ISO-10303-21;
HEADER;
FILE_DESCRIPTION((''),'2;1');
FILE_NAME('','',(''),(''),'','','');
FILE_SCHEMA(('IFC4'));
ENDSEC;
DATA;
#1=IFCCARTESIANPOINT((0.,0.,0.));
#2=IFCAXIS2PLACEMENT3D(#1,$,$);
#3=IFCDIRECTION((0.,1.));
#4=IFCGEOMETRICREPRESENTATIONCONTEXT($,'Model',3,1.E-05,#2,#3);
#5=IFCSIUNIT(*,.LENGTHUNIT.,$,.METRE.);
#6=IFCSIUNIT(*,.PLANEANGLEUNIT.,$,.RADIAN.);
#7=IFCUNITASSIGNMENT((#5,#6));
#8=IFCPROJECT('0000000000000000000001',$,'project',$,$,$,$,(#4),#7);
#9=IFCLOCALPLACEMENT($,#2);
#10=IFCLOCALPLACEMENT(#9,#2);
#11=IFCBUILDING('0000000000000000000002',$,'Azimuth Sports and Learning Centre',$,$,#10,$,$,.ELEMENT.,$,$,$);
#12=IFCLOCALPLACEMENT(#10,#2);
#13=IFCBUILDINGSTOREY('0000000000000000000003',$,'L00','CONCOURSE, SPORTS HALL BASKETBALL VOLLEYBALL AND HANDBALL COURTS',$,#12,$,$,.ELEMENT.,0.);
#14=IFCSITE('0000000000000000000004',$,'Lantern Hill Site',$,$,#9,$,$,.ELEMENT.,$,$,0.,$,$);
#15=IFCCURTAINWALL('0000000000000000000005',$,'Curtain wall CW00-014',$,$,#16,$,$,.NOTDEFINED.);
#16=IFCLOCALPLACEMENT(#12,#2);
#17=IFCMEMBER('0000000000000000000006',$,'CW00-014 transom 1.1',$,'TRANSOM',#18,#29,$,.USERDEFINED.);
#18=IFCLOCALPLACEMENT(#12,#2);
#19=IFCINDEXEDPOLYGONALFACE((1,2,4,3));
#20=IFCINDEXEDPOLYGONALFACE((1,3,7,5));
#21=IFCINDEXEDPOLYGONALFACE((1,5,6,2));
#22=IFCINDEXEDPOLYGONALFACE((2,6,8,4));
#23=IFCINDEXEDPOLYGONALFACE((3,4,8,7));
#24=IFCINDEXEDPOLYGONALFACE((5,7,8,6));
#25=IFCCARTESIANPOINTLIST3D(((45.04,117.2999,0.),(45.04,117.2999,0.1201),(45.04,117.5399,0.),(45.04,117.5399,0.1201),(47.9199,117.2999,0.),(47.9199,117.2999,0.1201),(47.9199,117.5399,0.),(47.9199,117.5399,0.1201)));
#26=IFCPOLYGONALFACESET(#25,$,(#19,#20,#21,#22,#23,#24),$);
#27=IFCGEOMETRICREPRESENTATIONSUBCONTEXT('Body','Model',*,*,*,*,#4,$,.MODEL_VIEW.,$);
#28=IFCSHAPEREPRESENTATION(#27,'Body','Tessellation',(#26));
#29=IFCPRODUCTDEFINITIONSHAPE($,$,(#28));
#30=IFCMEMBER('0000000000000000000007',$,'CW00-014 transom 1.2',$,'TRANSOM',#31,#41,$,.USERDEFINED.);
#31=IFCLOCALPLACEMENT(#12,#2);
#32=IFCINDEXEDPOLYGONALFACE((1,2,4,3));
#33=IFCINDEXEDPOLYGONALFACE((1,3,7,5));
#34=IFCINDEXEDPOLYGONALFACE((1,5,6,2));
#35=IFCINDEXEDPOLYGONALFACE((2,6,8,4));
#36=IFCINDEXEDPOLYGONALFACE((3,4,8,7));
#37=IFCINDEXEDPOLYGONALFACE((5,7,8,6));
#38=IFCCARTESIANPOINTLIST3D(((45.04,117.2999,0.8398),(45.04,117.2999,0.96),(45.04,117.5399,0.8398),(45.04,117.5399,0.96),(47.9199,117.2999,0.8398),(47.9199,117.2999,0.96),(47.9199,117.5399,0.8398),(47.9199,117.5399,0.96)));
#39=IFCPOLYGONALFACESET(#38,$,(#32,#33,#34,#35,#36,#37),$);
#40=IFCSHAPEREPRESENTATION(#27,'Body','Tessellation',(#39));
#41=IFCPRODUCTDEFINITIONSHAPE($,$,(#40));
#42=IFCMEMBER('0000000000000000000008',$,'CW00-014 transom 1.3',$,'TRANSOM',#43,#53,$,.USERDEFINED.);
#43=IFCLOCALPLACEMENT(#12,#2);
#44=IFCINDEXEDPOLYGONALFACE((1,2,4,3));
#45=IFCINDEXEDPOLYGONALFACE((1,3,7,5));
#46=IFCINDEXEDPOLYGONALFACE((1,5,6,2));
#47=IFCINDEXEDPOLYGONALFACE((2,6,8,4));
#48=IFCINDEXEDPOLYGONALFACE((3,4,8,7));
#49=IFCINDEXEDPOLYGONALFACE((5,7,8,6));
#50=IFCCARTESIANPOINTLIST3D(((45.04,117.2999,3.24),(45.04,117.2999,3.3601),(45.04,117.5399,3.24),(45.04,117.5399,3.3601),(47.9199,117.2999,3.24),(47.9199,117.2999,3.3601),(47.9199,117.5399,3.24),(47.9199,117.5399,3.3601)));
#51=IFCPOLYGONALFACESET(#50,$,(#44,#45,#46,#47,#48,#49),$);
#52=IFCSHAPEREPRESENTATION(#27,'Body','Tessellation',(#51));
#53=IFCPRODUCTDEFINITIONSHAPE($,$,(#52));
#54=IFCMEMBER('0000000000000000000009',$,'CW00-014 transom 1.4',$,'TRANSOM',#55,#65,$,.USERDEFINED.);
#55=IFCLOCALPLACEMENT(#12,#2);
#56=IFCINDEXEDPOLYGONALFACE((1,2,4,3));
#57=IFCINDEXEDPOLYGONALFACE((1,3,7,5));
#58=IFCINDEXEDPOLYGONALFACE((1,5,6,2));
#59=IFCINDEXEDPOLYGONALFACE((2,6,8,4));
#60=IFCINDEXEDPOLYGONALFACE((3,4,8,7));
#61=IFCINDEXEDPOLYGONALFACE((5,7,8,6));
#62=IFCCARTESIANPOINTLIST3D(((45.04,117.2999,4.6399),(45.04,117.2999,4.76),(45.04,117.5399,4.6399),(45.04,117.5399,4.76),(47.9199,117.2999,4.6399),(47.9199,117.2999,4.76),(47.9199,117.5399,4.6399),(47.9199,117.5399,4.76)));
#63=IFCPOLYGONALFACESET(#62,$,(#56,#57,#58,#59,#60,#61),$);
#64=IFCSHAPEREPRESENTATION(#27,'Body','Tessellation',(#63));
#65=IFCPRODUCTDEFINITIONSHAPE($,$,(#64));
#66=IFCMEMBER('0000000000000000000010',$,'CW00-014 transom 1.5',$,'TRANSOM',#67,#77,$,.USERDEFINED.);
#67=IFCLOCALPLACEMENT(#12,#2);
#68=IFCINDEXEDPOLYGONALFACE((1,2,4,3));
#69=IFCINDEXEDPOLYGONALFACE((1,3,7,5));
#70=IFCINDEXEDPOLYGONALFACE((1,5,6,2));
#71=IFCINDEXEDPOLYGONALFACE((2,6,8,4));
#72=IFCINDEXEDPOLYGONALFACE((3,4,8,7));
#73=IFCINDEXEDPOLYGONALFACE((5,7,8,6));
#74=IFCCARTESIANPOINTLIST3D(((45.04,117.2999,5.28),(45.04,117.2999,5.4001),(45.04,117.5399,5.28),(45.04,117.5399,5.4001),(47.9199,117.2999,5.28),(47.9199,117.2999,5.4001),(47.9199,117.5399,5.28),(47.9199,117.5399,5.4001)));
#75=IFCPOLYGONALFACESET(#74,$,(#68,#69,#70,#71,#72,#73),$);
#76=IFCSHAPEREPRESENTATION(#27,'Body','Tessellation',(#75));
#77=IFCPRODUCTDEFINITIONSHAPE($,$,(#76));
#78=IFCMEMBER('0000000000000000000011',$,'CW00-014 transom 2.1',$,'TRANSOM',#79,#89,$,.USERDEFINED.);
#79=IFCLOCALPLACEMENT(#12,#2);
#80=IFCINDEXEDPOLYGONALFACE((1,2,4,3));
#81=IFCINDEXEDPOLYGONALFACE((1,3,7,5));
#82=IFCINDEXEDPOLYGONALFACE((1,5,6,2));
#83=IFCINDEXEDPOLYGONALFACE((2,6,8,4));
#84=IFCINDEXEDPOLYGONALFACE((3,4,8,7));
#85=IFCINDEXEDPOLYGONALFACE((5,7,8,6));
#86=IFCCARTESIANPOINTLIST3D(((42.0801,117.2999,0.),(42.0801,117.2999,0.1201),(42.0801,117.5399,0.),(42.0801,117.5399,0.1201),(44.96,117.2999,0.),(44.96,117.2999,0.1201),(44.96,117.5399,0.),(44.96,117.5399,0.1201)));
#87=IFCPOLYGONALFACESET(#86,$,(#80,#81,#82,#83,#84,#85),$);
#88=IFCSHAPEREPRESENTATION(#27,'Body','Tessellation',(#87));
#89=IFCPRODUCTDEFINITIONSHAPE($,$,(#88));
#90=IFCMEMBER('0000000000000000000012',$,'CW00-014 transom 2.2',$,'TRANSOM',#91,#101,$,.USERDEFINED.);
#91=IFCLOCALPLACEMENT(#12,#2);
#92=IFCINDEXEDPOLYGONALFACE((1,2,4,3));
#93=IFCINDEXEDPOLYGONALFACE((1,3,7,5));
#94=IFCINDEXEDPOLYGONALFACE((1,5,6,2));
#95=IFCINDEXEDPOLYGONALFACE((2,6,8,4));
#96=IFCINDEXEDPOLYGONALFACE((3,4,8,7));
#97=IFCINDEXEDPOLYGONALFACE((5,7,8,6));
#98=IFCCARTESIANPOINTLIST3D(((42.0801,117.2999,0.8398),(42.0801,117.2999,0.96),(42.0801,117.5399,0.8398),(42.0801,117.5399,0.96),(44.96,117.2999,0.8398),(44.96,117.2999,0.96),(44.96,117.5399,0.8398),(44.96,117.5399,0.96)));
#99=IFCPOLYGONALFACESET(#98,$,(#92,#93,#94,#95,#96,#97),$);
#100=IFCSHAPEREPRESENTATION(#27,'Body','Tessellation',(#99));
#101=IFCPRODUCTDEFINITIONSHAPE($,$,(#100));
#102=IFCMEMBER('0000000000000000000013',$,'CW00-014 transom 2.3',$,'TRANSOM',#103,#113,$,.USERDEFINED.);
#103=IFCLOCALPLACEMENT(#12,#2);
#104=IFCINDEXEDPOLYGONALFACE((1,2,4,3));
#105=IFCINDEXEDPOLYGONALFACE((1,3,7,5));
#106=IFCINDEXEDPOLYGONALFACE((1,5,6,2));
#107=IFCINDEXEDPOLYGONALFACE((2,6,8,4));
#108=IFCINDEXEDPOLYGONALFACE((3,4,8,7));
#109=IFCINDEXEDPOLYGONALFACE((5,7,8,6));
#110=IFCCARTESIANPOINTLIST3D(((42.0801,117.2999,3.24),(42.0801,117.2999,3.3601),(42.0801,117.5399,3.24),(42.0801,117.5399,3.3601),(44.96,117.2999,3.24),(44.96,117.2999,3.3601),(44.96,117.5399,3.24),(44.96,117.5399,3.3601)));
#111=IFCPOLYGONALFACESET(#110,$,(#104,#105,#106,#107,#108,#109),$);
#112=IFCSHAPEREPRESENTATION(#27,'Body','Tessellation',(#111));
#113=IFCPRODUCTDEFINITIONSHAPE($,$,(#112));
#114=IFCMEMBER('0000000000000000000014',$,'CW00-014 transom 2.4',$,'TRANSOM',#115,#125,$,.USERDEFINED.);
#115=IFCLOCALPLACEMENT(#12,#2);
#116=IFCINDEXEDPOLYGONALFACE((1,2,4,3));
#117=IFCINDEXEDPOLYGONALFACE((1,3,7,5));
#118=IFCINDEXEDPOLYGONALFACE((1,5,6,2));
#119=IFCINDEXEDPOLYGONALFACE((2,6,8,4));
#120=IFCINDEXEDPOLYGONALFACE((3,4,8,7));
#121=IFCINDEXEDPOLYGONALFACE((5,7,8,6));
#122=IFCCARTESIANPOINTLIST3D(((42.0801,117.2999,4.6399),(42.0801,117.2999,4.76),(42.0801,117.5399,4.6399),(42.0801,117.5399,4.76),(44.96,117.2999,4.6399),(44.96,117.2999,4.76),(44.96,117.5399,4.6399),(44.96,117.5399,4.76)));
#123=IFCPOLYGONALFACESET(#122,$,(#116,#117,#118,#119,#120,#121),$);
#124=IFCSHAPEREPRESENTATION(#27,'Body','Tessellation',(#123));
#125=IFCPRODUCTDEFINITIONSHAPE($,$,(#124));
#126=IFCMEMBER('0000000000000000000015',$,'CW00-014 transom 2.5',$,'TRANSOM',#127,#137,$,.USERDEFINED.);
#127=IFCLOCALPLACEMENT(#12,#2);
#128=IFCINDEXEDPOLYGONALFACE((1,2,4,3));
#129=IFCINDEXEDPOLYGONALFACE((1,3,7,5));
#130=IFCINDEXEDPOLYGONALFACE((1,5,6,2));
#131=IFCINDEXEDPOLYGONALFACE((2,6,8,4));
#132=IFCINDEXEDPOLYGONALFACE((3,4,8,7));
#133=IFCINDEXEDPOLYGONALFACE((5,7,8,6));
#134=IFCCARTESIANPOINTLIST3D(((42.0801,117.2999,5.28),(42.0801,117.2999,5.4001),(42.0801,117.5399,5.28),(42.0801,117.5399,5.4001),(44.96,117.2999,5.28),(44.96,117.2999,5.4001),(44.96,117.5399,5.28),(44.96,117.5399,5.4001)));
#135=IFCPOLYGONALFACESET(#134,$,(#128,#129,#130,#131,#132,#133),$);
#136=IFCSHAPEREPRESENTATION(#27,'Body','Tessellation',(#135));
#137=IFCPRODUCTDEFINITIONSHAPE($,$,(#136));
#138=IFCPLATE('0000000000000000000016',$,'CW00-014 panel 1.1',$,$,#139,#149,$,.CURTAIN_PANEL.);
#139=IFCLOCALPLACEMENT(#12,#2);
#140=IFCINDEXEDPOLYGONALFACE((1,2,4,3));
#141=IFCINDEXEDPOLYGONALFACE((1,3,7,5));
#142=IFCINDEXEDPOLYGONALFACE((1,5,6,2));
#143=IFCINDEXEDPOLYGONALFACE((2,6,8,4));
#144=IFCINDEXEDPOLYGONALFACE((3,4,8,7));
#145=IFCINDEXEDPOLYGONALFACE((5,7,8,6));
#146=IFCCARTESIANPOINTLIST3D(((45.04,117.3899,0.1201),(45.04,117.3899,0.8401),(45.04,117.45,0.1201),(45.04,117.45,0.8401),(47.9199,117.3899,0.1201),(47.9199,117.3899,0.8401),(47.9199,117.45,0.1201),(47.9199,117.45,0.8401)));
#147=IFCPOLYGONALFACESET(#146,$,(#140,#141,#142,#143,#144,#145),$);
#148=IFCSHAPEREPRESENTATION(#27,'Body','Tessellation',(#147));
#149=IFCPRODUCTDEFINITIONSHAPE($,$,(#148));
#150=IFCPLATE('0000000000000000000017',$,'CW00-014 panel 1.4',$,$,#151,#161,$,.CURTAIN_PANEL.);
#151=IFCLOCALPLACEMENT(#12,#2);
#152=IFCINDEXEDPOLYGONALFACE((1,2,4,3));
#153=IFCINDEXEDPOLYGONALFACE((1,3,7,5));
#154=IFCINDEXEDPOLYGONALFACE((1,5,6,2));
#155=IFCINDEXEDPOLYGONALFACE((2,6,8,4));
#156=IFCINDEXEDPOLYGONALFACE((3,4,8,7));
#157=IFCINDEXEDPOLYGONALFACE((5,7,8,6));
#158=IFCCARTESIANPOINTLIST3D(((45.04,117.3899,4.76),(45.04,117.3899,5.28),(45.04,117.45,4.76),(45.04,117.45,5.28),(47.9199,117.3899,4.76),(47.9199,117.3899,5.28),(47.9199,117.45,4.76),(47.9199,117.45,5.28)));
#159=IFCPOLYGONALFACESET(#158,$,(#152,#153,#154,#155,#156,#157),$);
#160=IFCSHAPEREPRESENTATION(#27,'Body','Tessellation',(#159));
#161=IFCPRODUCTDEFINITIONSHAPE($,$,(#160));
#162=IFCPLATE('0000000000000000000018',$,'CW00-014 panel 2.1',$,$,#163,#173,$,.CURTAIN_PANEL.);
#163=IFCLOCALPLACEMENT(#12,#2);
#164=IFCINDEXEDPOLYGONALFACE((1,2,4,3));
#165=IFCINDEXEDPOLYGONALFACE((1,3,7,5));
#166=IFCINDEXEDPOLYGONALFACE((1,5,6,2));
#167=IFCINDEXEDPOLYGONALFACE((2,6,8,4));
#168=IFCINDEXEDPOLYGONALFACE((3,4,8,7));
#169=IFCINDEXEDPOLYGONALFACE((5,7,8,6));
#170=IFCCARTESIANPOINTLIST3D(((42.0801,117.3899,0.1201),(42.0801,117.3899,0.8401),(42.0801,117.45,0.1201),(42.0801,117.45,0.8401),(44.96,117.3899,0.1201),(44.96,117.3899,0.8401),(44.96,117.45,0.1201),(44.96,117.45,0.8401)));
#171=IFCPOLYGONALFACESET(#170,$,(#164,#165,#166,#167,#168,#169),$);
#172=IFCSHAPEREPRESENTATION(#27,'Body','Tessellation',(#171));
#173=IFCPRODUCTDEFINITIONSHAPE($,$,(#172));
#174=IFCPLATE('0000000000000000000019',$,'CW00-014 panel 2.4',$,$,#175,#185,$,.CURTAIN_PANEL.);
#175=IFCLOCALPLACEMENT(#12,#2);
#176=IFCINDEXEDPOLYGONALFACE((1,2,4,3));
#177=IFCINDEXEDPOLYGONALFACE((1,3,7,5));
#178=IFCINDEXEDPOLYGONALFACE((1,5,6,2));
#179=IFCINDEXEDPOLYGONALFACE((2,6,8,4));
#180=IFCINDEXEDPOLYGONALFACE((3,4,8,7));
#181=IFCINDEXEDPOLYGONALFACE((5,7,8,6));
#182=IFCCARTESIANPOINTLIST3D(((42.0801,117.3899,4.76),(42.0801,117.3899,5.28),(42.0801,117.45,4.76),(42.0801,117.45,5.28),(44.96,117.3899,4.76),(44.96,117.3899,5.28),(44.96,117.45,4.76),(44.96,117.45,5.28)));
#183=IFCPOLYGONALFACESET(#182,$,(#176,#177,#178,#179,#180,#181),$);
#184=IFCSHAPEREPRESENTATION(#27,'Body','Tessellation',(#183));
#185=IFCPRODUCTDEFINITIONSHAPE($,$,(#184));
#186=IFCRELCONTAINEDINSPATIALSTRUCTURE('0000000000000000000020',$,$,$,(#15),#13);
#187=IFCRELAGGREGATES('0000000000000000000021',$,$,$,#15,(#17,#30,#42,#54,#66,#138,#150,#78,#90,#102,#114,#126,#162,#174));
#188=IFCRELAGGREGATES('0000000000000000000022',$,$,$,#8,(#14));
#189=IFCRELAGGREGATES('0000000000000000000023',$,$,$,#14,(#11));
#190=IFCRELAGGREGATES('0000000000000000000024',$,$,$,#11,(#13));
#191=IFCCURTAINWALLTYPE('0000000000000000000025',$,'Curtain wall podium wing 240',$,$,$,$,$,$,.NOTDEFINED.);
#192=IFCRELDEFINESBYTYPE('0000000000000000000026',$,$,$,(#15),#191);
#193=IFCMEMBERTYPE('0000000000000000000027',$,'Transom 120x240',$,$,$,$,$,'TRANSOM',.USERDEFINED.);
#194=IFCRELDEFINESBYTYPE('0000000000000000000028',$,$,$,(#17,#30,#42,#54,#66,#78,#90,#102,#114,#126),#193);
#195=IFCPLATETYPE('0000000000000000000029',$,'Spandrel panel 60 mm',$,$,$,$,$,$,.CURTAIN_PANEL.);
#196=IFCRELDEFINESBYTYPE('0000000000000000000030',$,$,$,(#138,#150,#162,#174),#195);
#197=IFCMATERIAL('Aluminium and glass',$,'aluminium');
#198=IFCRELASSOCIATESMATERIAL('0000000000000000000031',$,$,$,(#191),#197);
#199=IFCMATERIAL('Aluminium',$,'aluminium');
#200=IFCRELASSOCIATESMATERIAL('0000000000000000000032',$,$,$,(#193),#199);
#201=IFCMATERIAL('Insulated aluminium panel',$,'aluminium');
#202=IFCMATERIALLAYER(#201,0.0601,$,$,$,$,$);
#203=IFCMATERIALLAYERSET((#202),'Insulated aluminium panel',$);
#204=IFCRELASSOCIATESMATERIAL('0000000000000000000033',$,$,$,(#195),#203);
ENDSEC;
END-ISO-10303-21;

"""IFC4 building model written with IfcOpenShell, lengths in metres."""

from ifc_helpers import new_model, si_unit, direction, frame, origin, origin_2d, place, context, subcontext, project, spatial, rectangle, extrude, material, layer, layer_set, material_profile, profile_set, type_object, element, aggregate, save


model = new_model("IFC4")

# Units and contexts
model_context = context("Model", 3, precision=1e-05, world=origin(), true_north=direction((0.0, 1.0)))
body_context = subcontext(model_context, "Body", "Model", "MODEL_VIEW")
ifc_project = project(units=[si_unit("LENGTHUNIT", "METRE"), si_unit("PLANEANGLEUNIT", "RADIAN")], contexts=[model_context])

# Site, building, storey
site_placement = place(None, origin())
site = spatial("IfcSite", under=ifc_project, at=site_placement, Name="Lantern Hill Site", CompositionType="ELEMENT", RefElevation=0.0)
building_placement = place(site_placement, origin())
building = spatial("IfcBuilding", under=site, at=building_placement, Name="Azimuth Sports and Learning Centre", CompositionType="ELEMENT")
storey_placement = place(building_placement, origin())
storey = spatial("IfcBuildingStorey", under=building, at=storey_placement, Name="L00", Description="CONCOURSE, SPORTS HALL BASKETBALL VOLLEYBALL AND HANDBALL COURTS", CompositionType="ELEMENT", Elevation=0.0)

# Curtain wall
ifc_material_1 = material(Name="Aluminium and glass", Category="aluminium")
curtain_wall_type = type_object("IfcCurtainWallType", Name="Curtain wall podium wing 240", PredefinedType="NOTDEFINED", material=ifc_material_1)
curtain_wall_1_placement = place(storey_placement, origin())
curtain_wall_1 = element("IfcCurtainWall", 1, at=curtain_wall_1_placement, inside=storey, type_object=curtain_wall_type, Name="Curtain wall CW00-014", PredefinedType="NOTDEFINED")

# Members
ifc_material_2 = material(Name="Aluminium", Category="aluminium")
ifc_material_profile_1 = material_profile(ifc_material_2, rectangle(XDim=0.24, YDim=0.1201, at=origin_2d()), Name="Transom 120x240")
ifc_profile_set_1 = profile_set([ifc_material_profile_1], Name="Aluminium")
member_type_1 = type_object("IfcMemberType", Name="Transom 120x240", ElementType="TRANSOM", PredefinedType="USERDEFINED", material=ifc_profile_set_1)
member_1_placement = place(storey_placement, frame((47.9199, 117.4199, 0.0601), z_axis=(-1.0, 0.0, 0.0), x_axis=(0.0, -1.0, 0.0)))
member_1 = element("IfcMember", 2, at=member_1_placement, type_object=member_type_1, Name="CW00-014 transom 1.1", ObjectType="TRANSOM", PredefinedType="USERDEFINED", context=body_context, shape_type="SweptSolid", body=[
    extrude(rectangle(XDim=0.24, YDim=0.1201, at=origin_2d()), origin(), (0.0, 0.0, 1.0), 2.8799),
])
member_2_placement = place(storey_placement, frame((47.9199, 117.4199, 0.8999), z_axis=(-1.0, 0.0, 0.0), x_axis=(0.0, -1.0, 0.0)))
member_2 = element("IfcMember", 3, at=member_2_placement, type_object=member_type_1, Name="CW00-014 transom 1.2", ObjectType="TRANSOM", PredefinedType="USERDEFINED", context=body_context, shape_type="SweptSolid", body=[
    extrude(rectangle(XDim=0.24, YDim=0.1201, at=origin_2d()), origin(), (0.0, 0.0, 1.0), 2.8799),
])
member_3_placement = place(storey_placement, frame((47.9199, 117.4199, 3.3), z_axis=(-1.0, 0.0, 0.0), x_axis=(0.0, -1.0, 0.0)))
member_3 = element("IfcMember", 4, at=member_3_placement, type_object=member_type_1, Name="CW00-014 transom 1.3", ObjectType="TRANSOM", PredefinedType="USERDEFINED", context=body_context, shape_type="SweptSolid", body=[
    extrude(rectangle(XDim=0.24, YDim=0.1201, at=origin_2d()), origin(), (0.0, 0.0, 1.0), 2.8799),
])
member_4_placement = place(storey_placement, frame((47.9199, 117.4199, 4.7), z_axis=(-1.0, 0.0, 0.0), x_axis=(0.0, -1.0, 0.0)))
member_4 = element("IfcMember", 5, at=member_4_placement, type_object=member_type_1, Name="CW00-014 transom 1.4", ObjectType="TRANSOM", PredefinedType="USERDEFINED", context=body_context, shape_type="SweptSolid", body=[
    extrude(rectangle(XDim=0.24, YDim=0.1201, at=origin_2d()), origin(), (0.0, 0.0, 1.0), 2.8799),
])
member_5_placement = place(storey_placement, frame((47.9199, 117.4199, 5.3401), z_axis=(-1.0, 0.0, 0.0), x_axis=(0.0, -1.0, 0.0)))
member_5 = element("IfcMember", 6, at=member_5_placement, type_object=member_type_1, Name="CW00-014 transom 1.5", ObjectType="TRANSOM", PredefinedType="USERDEFINED", context=body_context, shape_type="SweptSolid", body=[
    extrude(rectangle(XDim=0.24, YDim=0.1201, at=origin_2d()), origin(), (0.0, 0.0, 1.0), 2.8799),
])
member_6_placement = place(storey_placement, frame((44.96, 117.4199, 0.0601), z_axis=(-1.0, 0.0, 0.0), x_axis=(0.0, -1.0, 0.0)))
member_6 = element("IfcMember", 7, at=member_6_placement, type_object=member_type_1, Name="CW00-014 transom 2.1", ObjectType="TRANSOM", PredefinedType="USERDEFINED", context=body_context, shape_type="SweptSolid", body=[
    extrude(rectangle(XDim=0.24, YDim=0.1201, at=origin_2d()), origin(), (0.0, 0.0, 1.0), 2.8799),
])
member_7_placement = place(storey_placement, frame((44.96, 117.4199, 0.8999), z_axis=(-1.0, 0.0, 0.0), x_axis=(0.0, -1.0, 0.0)))
member_7 = element("IfcMember", 8, at=member_7_placement, type_object=member_type_1, Name="CW00-014 transom 2.2", ObjectType="TRANSOM", PredefinedType="USERDEFINED", context=body_context, shape_type="SweptSolid", body=[
    extrude(rectangle(XDim=0.24, YDim=0.1201, at=origin_2d()), origin(), (0.0, 0.0, 1.0), 2.8799),
])
member_8_placement = place(storey_placement, frame((44.96, 117.4199, 3.3), z_axis=(-1.0, 0.0, 0.0), x_axis=(0.0, -1.0, 0.0)))
member_8 = element("IfcMember", 9, at=member_8_placement, type_object=member_type_1, Name="CW00-014 transom 2.3", ObjectType="TRANSOM", PredefinedType="USERDEFINED", context=body_context, shape_type="SweptSolid", body=[
    extrude(rectangle(XDim=0.24, YDim=0.1201, at=origin_2d()), origin(), (0.0, 0.0, 1.0), 2.8799),
])
member_9_placement = place(storey_placement, frame((44.96, 117.4199, 4.7), z_axis=(-1.0, 0.0, 0.0), x_axis=(0.0, -1.0, 0.0)))
member_9 = element("IfcMember", 10, at=member_9_placement, type_object=member_type_1, Name="CW00-014 transom 2.4", ObjectType="TRANSOM", PredefinedType="USERDEFINED", context=body_context, shape_type="SweptSolid", body=[
    extrude(rectangle(XDim=0.24, YDim=0.1201, at=origin_2d()), origin(), (0.0, 0.0, 1.0), 2.8799),
])
member_10_placement = place(storey_placement, frame((44.96, 117.4199, 5.3401), z_axis=(-1.0, 0.0, 0.0), x_axis=(0.0, -1.0, 0.0)))
member_10 = element("IfcMember", 11, at=member_10_placement, type_object=member_type_1, Name="CW00-014 transom 2.5", ObjectType="TRANSOM", PredefinedType="USERDEFINED", context=body_context, shape_type="SweptSolid", body=[
    extrude(rectangle(XDim=0.24, YDim=0.1201, at=origin_2d()), origin(), (0.0, 0.0, 1.0), 2.8799),
])

# Plates
ifc_material_3 = material(Name="Insulated aluminium panel", Category="aluminium")
ifc_layer_1 = layer(ifc_material_3, 0.0601)
ifc_layer_set_1 = layer_set([ifc_layer_1], Name="Insulated aluminium panel")
plate_type_1 = type_object("IfcPlateType", Name="Spandrel panel 60 mm", PredefinedType="CURTAIN_PANEL", material=ifc_layer_set_1)
plate_1_placement = place(storey_placement, frame((46.48, 117.4199, 0.1201), z_axis=(0.0, 0.0, 1.0), x_axis=(-1.0, 0.0, 0.0)))
plate_1 = element("IfcPlate", 12, at=plate_1_placement, type_object=plate_type_1, Name="CW00-014 panel 1.1", PredefinedType="CURTAIN_PANEL", context=body_context, shape_type="SweptSolid", body=[
    extrude(rectangle(XDim=2.8799, YDim=0.0601, at=origin_2d()), origin(), (0.0, 0.0, 1.0), 0.72),
])
plate_2_placement = place(storey_placement, frame((46.48, 117.4199, 4.76), z_axis=(0.0, 0.0, 1.0), x_axis=(-1.0, 0.0, 0.0)))
plate_2 = element("IfcPlate", 13, at=plate_2_placement, type_object=plate_type_1, Name="CW00-014 panel 1.4", PredefinedType="CURTAIN_PANEL", context=body_context, shape_type="SweptSolid", body=[
    extrude(rectangle(XDim=2.8799, YDim=0.0601, at=origin_2d()), origin(), (0.0, 0.0, 1.0), 0.52),
])
plate_3_placement = place(storey_placement, frame((43.52, 117.4199, 0.1201), z_axis=(0.0, 0.0, 1.0), x_axis=(-1.0, 0.0, 0.0)))
plate_3 = element("IfcPlate", 14, at=plate_3_placement, type_object=plate_type_1, Name="CW00-014 panel 2.1", PredefinedType="CURTAIN_PANEL", context=body_context, shape_type="SweptSolid", body=[
    extrude(rectangle(XDim=2.8799, YDim=0.0601, at=origin_2d()), origin(), (0.0, 0.0, 1.0), 0.72),
])
plate_4_placement = place(storey_placement, frame((43.52, 117.4199, 4.76), z_axis=(0.0, 0.0, 1.0), x_axis=(-1.0, 0.0, 0.0)))
plate_4 = element("IfcPlate", 15, at=plate_4_placement, type_object=plate_type_1, Name="CW00-014 panel 2.4", PredefinedType="CURTAIN_PANEL", context=body_context, shape_type="SweptSolid", body=[
    extrude(rectangle(XDim=2.8799, YDim=0.0601, at=origin_2d()), origin(), (0.0, 0.0, 1.0), 0.52),
])
aggregate(curtain_wall_1, [member_1, member_2, member_3, member_4, member_5, plate_1, plate_2, member_6, member_7, member_8, member_9, member_10, plate_3, plate_4])

save(model, "model.ifc")
